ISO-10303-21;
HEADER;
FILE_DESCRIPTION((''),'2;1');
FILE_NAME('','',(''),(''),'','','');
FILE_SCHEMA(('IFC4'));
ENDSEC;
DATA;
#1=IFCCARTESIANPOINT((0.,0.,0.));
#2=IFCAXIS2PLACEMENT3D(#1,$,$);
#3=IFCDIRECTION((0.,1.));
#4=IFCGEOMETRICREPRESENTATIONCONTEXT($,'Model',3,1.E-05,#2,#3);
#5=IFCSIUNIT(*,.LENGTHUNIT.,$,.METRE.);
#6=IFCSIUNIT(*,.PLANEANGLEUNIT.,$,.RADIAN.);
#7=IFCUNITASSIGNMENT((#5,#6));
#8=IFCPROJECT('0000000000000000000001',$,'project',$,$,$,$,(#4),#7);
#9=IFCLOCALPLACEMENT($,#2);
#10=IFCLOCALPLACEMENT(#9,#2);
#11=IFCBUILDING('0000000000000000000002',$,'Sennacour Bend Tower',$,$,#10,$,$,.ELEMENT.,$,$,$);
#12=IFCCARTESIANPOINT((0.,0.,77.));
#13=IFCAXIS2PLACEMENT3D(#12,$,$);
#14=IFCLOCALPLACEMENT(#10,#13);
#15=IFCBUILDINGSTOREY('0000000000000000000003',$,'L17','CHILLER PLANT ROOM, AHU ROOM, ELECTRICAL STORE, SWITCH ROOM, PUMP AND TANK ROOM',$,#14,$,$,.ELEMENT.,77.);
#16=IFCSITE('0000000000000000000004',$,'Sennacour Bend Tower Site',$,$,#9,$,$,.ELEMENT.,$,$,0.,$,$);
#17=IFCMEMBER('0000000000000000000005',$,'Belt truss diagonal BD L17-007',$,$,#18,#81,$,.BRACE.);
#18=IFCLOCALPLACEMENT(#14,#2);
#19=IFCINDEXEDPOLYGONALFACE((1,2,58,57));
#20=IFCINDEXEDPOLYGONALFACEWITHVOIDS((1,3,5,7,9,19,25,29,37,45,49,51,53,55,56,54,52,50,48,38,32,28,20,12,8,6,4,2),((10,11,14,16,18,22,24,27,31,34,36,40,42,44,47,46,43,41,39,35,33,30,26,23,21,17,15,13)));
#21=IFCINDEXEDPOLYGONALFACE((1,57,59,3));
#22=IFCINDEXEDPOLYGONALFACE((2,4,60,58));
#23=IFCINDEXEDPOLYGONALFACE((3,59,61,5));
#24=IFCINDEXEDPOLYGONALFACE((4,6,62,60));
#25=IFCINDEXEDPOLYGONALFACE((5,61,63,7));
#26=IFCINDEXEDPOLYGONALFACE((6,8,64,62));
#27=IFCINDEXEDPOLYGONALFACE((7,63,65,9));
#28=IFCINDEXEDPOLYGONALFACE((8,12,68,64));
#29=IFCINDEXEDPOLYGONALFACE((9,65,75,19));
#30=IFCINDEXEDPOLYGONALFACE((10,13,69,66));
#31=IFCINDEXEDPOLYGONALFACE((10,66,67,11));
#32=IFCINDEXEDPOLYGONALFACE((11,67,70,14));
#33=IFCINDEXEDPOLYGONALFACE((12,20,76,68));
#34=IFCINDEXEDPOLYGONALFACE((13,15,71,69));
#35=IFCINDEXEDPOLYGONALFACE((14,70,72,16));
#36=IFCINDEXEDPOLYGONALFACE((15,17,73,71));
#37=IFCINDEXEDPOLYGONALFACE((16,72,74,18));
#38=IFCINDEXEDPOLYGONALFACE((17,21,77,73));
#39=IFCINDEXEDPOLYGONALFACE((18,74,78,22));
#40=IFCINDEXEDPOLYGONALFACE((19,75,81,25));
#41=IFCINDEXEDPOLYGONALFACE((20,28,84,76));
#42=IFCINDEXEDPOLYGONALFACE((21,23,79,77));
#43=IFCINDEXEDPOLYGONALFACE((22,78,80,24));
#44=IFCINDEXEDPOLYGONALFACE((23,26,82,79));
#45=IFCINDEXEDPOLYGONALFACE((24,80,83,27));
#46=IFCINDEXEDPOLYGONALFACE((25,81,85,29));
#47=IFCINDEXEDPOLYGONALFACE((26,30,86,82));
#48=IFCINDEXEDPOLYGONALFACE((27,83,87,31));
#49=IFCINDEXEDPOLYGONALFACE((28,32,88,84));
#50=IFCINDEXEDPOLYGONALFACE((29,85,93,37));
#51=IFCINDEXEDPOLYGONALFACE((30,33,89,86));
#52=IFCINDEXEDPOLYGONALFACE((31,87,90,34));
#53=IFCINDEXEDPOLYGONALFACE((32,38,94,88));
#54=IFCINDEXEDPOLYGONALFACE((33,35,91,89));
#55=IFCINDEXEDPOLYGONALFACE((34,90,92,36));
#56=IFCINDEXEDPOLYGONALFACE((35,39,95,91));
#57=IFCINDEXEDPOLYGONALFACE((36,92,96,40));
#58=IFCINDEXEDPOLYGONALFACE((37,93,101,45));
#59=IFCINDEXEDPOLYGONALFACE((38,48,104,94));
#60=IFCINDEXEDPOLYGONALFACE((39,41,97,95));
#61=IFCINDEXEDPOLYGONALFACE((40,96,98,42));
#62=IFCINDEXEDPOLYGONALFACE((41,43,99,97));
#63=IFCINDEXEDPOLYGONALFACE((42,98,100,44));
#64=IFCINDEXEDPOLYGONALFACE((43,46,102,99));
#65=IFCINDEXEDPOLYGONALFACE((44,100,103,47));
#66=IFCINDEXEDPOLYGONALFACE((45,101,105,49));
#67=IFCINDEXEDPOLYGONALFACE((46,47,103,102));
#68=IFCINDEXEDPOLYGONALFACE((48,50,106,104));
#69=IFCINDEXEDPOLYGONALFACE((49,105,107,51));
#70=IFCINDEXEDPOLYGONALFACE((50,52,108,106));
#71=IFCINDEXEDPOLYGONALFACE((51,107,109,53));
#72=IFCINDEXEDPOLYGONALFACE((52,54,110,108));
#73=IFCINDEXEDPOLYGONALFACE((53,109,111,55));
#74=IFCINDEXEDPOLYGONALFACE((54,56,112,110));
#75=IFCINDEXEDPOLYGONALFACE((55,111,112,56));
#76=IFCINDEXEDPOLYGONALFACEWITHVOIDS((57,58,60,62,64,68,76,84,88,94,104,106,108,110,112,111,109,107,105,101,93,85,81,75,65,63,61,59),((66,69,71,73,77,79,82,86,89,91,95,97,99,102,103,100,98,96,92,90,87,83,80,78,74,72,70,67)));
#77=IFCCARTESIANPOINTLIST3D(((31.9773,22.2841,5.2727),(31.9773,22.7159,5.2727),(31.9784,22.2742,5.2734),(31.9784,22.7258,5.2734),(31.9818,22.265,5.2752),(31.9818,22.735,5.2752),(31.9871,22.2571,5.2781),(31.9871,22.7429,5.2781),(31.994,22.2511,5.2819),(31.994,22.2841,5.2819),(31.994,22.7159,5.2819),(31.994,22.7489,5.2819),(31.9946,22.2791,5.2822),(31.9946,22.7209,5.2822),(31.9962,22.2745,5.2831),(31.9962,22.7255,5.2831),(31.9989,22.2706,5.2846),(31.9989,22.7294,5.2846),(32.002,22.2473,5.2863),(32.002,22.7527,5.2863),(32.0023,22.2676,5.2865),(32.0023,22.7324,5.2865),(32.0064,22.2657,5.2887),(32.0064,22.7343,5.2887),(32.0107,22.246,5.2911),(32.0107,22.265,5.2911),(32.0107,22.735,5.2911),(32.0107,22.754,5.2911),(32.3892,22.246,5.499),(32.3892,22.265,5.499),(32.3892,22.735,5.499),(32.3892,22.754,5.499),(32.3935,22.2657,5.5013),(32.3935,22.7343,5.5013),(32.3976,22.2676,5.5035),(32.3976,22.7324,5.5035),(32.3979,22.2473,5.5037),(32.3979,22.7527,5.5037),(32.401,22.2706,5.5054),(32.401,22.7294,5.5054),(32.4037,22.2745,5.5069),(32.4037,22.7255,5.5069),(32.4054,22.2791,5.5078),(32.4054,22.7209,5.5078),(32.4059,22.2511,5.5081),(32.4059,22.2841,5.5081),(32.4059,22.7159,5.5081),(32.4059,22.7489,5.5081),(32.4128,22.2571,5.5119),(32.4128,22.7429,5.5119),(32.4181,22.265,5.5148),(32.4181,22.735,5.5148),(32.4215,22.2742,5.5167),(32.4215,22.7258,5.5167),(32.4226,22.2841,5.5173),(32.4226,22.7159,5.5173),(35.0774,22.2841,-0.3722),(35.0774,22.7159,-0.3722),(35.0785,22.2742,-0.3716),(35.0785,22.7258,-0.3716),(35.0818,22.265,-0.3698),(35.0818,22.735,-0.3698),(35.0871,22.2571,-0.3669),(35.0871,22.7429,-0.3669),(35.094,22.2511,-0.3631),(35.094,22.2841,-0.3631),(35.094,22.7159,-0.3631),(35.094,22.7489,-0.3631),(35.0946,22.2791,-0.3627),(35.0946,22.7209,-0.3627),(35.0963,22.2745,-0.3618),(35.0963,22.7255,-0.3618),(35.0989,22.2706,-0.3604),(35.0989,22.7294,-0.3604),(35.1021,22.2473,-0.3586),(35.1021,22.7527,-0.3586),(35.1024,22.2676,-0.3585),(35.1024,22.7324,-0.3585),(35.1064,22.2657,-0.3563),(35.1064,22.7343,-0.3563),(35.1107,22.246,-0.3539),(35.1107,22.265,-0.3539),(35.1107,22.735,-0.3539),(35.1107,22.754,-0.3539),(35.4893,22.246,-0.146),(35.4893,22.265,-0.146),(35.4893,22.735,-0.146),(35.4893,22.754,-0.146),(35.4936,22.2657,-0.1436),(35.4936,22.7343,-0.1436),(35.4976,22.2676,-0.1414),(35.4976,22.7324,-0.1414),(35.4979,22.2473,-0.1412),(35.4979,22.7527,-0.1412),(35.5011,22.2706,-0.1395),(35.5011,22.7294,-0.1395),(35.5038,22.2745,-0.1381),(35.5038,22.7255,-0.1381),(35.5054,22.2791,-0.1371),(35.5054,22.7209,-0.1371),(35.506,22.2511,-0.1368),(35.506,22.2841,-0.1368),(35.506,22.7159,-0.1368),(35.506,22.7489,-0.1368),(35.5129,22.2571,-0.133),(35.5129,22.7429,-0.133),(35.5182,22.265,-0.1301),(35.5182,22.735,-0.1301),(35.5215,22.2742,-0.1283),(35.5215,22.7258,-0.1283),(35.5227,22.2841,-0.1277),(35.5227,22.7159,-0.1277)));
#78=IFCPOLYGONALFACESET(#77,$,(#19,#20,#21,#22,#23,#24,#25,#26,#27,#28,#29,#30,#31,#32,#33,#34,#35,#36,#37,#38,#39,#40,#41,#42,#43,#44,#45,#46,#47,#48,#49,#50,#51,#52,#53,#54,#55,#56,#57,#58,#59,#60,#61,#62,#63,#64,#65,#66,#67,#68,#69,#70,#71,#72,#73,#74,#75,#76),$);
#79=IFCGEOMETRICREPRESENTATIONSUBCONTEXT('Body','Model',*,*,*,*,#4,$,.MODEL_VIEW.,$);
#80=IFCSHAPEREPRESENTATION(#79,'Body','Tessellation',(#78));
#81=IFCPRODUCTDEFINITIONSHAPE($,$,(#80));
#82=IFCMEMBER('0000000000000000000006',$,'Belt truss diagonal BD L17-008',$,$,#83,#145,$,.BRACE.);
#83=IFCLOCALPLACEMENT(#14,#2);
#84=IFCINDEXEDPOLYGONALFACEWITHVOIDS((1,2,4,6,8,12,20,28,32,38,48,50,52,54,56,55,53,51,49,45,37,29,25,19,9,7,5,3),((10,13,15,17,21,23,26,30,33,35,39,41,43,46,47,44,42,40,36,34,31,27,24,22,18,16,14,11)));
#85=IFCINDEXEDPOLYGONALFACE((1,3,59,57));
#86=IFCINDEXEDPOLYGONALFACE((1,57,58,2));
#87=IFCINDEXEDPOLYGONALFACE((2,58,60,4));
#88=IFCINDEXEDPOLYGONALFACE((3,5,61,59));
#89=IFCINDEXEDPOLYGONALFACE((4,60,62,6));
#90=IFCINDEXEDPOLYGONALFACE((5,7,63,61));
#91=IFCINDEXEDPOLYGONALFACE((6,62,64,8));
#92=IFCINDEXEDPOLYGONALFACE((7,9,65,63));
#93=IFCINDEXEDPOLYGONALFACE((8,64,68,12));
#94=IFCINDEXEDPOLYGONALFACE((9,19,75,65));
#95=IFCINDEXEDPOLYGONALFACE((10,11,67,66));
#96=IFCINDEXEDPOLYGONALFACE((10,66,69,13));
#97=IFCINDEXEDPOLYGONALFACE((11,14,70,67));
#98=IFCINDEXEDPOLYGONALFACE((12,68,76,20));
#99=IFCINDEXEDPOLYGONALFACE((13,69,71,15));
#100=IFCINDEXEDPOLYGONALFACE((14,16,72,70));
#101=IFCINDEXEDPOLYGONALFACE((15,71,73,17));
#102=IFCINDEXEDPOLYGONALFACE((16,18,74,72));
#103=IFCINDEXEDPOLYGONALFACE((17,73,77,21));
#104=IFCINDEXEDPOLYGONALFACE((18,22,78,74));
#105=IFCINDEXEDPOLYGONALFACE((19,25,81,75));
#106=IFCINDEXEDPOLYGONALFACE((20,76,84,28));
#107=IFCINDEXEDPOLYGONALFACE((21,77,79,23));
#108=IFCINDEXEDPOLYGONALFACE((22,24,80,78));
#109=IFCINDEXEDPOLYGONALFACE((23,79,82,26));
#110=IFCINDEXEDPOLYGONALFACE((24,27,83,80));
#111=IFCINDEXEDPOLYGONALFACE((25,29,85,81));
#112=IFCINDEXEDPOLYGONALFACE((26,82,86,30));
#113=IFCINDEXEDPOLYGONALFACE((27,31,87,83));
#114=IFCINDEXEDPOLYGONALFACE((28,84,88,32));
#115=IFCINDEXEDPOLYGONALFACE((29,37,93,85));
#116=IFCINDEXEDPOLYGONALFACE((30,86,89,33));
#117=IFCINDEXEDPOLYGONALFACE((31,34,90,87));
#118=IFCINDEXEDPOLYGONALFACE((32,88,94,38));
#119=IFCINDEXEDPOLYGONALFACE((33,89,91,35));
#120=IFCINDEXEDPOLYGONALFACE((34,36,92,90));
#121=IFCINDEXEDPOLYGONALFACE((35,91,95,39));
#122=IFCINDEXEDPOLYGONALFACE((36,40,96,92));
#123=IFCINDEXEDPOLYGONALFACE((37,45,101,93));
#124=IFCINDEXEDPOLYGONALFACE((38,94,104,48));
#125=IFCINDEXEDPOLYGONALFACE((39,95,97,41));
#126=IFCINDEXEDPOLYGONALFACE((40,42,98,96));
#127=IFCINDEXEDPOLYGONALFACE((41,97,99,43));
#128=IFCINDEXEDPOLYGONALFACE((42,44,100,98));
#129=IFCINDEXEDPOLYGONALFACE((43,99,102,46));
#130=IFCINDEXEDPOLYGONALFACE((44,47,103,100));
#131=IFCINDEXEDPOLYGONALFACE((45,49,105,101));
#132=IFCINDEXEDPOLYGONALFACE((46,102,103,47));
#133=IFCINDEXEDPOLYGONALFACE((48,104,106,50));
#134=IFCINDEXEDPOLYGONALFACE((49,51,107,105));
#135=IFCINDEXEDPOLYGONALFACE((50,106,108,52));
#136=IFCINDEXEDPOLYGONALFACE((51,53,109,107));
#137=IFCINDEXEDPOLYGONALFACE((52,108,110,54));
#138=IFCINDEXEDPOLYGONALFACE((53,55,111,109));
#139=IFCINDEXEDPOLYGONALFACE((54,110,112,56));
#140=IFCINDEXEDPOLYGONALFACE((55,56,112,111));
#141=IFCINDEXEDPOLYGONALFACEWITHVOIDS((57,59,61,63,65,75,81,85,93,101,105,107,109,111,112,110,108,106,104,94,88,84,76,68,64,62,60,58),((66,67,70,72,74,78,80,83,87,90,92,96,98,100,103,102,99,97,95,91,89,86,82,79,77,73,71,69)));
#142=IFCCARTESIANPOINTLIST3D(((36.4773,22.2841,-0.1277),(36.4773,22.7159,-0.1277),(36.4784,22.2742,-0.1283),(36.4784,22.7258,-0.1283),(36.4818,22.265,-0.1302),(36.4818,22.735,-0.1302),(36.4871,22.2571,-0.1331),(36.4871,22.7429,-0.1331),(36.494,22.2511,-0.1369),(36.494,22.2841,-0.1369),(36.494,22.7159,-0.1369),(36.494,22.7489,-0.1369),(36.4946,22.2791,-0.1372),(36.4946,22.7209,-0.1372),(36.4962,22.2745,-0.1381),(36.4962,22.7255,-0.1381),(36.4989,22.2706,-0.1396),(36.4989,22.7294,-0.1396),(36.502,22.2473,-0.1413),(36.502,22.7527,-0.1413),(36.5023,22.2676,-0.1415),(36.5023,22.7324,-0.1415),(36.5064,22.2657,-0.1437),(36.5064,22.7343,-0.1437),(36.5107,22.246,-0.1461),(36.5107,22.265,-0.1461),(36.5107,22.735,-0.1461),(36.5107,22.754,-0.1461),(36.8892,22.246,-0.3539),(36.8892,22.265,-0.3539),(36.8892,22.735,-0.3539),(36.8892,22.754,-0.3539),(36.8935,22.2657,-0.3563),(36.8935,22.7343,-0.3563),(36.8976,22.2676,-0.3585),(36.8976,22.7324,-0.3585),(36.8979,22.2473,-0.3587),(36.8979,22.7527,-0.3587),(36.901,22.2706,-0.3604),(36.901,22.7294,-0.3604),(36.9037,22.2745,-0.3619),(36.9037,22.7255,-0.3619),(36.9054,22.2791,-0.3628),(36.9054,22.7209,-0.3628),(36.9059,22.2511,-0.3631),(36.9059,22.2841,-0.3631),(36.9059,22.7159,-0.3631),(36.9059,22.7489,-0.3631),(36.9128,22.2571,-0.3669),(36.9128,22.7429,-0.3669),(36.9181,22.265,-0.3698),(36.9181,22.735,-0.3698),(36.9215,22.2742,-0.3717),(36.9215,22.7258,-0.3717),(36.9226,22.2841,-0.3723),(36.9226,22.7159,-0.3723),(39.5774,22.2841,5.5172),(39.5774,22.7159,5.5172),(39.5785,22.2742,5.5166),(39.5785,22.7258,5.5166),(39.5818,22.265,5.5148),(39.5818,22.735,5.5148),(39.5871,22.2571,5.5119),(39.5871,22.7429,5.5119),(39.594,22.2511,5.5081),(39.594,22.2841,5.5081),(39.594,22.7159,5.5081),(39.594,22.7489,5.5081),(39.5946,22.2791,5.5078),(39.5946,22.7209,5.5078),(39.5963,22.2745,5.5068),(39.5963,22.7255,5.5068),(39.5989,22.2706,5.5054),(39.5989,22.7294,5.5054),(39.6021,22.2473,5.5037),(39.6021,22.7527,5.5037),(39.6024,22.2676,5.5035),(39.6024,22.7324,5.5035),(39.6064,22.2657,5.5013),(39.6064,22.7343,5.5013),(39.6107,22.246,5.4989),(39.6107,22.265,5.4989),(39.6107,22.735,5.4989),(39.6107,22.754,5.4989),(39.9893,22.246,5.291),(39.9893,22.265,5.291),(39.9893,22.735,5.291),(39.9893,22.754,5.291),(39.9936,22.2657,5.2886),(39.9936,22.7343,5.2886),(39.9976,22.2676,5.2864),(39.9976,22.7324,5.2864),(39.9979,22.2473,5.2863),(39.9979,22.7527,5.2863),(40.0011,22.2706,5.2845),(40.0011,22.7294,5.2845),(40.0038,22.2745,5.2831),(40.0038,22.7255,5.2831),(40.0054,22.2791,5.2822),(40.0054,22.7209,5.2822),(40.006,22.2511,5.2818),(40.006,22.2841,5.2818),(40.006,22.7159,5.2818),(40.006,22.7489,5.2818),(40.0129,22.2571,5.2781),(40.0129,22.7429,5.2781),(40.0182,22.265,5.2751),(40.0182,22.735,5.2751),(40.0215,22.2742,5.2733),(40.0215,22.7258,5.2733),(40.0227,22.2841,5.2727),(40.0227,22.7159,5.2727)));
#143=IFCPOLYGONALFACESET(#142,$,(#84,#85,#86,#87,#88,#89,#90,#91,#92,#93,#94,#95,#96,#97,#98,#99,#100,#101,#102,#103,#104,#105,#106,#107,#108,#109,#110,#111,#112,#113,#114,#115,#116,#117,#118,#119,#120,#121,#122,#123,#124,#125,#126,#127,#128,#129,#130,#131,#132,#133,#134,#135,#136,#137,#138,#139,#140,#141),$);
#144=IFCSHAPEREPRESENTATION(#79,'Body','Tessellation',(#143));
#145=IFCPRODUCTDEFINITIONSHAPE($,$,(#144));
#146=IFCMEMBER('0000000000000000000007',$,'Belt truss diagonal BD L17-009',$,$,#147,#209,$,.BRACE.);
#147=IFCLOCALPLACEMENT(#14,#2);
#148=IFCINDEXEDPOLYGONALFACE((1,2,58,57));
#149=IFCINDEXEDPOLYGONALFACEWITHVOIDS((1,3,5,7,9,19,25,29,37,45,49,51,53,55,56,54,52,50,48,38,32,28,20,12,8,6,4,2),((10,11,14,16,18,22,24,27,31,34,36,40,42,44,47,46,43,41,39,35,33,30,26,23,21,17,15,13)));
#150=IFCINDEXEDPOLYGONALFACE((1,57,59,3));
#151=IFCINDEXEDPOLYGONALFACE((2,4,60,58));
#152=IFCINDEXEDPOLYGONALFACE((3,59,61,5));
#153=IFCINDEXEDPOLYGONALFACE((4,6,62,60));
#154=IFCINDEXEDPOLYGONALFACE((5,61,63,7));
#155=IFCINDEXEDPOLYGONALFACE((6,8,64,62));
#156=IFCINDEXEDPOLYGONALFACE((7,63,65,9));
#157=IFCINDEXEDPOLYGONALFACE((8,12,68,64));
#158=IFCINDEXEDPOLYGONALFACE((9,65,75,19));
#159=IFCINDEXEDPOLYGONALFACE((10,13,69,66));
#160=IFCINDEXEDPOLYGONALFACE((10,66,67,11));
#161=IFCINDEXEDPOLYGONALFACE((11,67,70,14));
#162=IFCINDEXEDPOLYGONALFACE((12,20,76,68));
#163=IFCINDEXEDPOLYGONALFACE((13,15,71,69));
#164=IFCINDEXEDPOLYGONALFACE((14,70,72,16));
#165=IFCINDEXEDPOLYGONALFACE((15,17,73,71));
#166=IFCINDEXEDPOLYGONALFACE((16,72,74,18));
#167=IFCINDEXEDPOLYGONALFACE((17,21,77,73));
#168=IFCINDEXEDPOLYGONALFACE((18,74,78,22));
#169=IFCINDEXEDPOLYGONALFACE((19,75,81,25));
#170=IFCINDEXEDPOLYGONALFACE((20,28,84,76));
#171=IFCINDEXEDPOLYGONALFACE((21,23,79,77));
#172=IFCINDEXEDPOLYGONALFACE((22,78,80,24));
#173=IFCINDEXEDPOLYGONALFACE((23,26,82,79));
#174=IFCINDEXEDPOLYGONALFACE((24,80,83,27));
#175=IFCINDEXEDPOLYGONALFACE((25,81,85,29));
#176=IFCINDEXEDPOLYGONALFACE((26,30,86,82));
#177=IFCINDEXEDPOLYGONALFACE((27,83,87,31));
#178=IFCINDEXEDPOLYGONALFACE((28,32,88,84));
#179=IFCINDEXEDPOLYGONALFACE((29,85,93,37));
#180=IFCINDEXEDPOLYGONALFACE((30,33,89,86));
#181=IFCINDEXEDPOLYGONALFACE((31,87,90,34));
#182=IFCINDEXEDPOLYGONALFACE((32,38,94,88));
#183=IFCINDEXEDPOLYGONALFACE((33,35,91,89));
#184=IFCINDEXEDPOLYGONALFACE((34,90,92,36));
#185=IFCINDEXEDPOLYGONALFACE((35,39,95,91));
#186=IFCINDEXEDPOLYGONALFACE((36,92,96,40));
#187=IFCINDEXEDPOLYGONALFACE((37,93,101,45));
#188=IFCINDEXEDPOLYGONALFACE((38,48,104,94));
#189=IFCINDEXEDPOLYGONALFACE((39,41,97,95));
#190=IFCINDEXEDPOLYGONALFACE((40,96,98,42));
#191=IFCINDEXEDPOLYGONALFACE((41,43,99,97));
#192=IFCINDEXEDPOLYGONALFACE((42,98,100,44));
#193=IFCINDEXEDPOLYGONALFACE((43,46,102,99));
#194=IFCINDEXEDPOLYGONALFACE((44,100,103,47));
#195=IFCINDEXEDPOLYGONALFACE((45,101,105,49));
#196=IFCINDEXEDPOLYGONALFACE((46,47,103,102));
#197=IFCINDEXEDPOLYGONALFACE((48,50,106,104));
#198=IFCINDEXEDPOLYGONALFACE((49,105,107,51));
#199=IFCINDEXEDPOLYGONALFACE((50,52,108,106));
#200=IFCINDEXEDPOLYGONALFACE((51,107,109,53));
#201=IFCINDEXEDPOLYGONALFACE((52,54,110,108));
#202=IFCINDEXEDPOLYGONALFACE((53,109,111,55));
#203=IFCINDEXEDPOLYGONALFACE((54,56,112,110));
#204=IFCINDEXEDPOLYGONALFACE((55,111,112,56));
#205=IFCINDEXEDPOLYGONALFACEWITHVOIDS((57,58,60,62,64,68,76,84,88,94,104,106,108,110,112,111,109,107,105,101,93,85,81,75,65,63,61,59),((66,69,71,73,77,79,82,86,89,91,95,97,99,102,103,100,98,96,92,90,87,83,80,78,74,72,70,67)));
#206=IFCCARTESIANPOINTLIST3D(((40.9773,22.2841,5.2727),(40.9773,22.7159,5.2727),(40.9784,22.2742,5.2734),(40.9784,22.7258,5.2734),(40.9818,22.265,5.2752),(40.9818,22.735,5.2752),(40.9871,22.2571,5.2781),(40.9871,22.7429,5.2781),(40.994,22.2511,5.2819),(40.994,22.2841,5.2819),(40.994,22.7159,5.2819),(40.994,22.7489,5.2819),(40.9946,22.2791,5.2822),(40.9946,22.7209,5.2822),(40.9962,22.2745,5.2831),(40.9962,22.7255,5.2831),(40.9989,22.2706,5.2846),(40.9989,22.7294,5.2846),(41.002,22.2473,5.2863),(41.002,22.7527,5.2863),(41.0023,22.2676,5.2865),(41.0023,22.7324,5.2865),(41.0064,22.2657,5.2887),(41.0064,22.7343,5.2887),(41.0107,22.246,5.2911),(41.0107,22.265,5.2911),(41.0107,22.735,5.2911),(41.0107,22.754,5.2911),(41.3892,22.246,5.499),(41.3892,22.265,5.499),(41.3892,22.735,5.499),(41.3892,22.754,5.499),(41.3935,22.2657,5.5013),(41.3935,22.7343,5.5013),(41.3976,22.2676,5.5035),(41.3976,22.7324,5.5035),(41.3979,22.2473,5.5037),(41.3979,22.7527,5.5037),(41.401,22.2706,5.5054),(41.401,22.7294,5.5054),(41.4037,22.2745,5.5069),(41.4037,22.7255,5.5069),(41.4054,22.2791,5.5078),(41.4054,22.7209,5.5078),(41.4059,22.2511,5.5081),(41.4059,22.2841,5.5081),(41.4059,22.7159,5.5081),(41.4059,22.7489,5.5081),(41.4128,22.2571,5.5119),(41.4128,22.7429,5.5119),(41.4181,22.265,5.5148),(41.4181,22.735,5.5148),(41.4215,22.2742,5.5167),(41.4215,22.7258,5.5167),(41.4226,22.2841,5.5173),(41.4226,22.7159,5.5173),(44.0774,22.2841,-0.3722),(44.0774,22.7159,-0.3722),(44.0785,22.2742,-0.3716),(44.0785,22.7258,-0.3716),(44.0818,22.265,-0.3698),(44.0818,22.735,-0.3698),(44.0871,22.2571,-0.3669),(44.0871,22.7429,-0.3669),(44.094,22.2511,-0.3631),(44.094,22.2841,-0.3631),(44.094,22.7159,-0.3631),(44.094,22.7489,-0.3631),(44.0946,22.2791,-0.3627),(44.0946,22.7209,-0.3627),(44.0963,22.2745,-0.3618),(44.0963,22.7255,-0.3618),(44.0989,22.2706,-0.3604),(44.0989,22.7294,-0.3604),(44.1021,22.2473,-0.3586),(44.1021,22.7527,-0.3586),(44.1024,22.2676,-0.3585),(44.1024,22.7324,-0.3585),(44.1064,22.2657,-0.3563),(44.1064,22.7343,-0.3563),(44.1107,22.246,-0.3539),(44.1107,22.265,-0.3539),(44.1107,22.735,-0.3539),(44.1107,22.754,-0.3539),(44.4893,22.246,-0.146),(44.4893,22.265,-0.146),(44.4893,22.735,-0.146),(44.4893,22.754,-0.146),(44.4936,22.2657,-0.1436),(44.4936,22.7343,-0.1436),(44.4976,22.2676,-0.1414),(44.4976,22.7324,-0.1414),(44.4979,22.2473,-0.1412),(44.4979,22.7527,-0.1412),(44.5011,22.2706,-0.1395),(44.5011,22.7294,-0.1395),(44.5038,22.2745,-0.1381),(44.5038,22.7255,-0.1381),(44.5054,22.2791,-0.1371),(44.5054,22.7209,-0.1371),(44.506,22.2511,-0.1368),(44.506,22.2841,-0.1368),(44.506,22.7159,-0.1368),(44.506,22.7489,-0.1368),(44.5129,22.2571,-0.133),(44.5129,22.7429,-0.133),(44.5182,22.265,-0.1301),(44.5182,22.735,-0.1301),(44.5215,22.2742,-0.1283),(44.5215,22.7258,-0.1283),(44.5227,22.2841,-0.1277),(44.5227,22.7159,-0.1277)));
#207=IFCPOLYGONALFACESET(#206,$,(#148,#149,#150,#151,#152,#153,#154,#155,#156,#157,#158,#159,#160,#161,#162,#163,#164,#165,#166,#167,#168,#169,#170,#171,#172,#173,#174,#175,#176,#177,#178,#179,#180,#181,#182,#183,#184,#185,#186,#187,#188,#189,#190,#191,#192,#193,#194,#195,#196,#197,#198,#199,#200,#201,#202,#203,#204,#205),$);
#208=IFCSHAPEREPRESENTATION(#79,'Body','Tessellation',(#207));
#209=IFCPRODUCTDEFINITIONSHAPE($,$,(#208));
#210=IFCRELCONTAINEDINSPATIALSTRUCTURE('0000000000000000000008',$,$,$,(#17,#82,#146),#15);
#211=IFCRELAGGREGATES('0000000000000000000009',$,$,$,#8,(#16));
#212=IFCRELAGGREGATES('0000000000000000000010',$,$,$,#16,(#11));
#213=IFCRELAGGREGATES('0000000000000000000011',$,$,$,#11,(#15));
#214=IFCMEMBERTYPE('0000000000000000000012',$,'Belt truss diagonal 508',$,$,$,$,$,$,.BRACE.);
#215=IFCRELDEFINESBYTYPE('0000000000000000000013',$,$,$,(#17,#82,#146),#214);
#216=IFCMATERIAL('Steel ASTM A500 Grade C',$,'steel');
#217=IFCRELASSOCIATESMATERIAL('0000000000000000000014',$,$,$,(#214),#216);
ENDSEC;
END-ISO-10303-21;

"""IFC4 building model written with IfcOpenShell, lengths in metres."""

from ifc_helpers import new_model, si_unit, direction, frame, origin, origin_2d, place, context, subcontext, project, spatial, hollow_rectangle, extrude, material, material_profile, profile_set, type_object, element, save


model = new_model("IFC4")

# Units and contexts
model_context = context("Model", 3, precision=1e-05, world=origin(), true_north=direction((0.0, 1.0)))
body_context = subcontext(model_context, "Body", "Model", "MODEL_VIEW")
ifc_project = project(units=[si_unit("LENGTHUNIT", "METRE"), si_unit("PLANEANGLEUNIT", "RADIAN")], contexts=[model_context])

# Site, building, storey
site_placement = place(None, origin())
site = spatial("IfcSite", under=ifc_project, at=site_placement, Name="Sennacour Bend Tower Site", CompositionType="ELEMENT", RefElevation=0.0)
building_placement = place(site_placement, origin())
building = spatial("IfcBuilding", under=site, at=building_placement, Name="Sennacour Bend Tower", CompositionType="ELEMENT")
storey_placement = place(building_placement, frame((0.0, 0.0, 77.0)))
storey = spatial("IfcBuildingStorey", under=building, at=storey_placement, Name="L17", Description="CHILLER PLANT ROOM, AHU ROOM, ELECTRICAL STORE, SWITCH ROOM, PUMP AND TANK ROOM", CompositionType="ELEMENT", Elevation=77.0)

# Members
ifc_material_1 = material(Name="Steel ASTM A500 Grade C", Category="steel")
ifc_material_profile_1 = material_profile(ifc_material_1, hollow_rectangle(XDim=0.5081, YDim=0.5081, WallThickness=0.019, InnerFilletRadius=0.019, OuterFilletRadius=0.0381, at=origin_2d()), Name="Steel ASTM A500 Grade C", Category="steel")
ifc_profile_set_1 = profile_set([ifc_material_profile_1], Name="Steel ASTM A500 Grade C")
member_type_1 = type_object("IfcMemberType", Name="Belt truss diagonal 508", PredefinedType="BRACE", material=ifc_profile_set_1)
for number, where, z_axis, x_axis, name in (
    (1, (32.2, 22.5, 5.395), (0.481363, 0.0, -0.876521), (0.0, 1.0, 0.0), "Belt truss diagonal BD L17-007"),
    (2, (36.7, 22.5, -0.25), (0.481363, 0.0, 0.876521), (0.0, 1.0, 0.0), "Belt truss diagonal BD L17-008"),
    (3, (41.2, 22.5, 5.395), (0.481363, 0.0, -0.876521), (0.0, 1.0, 0.0), "Belt truss diagonal BD L17-009"),
):
    element("IfcMember", number, at=place(storey_placement, frame(where, z_axis=z_axis, x_axis=x_axis)), inside=storey, type_object=member_type_1, Name=name, PredefinedType="BRACE", context=body_context, shape_type="SweptSolid", body=[
        extrude(hollow_rectangle(XDim=0.5081, YDim=0.5081, WallThickness=0.019, InnerFilletRadius=0.019, OuterFilletRadius=0.0381, at=origin_2d()), origin(), (0.0, 0.0, 1.0), 6.4402),
    ])

save(model, "model.ifc")
